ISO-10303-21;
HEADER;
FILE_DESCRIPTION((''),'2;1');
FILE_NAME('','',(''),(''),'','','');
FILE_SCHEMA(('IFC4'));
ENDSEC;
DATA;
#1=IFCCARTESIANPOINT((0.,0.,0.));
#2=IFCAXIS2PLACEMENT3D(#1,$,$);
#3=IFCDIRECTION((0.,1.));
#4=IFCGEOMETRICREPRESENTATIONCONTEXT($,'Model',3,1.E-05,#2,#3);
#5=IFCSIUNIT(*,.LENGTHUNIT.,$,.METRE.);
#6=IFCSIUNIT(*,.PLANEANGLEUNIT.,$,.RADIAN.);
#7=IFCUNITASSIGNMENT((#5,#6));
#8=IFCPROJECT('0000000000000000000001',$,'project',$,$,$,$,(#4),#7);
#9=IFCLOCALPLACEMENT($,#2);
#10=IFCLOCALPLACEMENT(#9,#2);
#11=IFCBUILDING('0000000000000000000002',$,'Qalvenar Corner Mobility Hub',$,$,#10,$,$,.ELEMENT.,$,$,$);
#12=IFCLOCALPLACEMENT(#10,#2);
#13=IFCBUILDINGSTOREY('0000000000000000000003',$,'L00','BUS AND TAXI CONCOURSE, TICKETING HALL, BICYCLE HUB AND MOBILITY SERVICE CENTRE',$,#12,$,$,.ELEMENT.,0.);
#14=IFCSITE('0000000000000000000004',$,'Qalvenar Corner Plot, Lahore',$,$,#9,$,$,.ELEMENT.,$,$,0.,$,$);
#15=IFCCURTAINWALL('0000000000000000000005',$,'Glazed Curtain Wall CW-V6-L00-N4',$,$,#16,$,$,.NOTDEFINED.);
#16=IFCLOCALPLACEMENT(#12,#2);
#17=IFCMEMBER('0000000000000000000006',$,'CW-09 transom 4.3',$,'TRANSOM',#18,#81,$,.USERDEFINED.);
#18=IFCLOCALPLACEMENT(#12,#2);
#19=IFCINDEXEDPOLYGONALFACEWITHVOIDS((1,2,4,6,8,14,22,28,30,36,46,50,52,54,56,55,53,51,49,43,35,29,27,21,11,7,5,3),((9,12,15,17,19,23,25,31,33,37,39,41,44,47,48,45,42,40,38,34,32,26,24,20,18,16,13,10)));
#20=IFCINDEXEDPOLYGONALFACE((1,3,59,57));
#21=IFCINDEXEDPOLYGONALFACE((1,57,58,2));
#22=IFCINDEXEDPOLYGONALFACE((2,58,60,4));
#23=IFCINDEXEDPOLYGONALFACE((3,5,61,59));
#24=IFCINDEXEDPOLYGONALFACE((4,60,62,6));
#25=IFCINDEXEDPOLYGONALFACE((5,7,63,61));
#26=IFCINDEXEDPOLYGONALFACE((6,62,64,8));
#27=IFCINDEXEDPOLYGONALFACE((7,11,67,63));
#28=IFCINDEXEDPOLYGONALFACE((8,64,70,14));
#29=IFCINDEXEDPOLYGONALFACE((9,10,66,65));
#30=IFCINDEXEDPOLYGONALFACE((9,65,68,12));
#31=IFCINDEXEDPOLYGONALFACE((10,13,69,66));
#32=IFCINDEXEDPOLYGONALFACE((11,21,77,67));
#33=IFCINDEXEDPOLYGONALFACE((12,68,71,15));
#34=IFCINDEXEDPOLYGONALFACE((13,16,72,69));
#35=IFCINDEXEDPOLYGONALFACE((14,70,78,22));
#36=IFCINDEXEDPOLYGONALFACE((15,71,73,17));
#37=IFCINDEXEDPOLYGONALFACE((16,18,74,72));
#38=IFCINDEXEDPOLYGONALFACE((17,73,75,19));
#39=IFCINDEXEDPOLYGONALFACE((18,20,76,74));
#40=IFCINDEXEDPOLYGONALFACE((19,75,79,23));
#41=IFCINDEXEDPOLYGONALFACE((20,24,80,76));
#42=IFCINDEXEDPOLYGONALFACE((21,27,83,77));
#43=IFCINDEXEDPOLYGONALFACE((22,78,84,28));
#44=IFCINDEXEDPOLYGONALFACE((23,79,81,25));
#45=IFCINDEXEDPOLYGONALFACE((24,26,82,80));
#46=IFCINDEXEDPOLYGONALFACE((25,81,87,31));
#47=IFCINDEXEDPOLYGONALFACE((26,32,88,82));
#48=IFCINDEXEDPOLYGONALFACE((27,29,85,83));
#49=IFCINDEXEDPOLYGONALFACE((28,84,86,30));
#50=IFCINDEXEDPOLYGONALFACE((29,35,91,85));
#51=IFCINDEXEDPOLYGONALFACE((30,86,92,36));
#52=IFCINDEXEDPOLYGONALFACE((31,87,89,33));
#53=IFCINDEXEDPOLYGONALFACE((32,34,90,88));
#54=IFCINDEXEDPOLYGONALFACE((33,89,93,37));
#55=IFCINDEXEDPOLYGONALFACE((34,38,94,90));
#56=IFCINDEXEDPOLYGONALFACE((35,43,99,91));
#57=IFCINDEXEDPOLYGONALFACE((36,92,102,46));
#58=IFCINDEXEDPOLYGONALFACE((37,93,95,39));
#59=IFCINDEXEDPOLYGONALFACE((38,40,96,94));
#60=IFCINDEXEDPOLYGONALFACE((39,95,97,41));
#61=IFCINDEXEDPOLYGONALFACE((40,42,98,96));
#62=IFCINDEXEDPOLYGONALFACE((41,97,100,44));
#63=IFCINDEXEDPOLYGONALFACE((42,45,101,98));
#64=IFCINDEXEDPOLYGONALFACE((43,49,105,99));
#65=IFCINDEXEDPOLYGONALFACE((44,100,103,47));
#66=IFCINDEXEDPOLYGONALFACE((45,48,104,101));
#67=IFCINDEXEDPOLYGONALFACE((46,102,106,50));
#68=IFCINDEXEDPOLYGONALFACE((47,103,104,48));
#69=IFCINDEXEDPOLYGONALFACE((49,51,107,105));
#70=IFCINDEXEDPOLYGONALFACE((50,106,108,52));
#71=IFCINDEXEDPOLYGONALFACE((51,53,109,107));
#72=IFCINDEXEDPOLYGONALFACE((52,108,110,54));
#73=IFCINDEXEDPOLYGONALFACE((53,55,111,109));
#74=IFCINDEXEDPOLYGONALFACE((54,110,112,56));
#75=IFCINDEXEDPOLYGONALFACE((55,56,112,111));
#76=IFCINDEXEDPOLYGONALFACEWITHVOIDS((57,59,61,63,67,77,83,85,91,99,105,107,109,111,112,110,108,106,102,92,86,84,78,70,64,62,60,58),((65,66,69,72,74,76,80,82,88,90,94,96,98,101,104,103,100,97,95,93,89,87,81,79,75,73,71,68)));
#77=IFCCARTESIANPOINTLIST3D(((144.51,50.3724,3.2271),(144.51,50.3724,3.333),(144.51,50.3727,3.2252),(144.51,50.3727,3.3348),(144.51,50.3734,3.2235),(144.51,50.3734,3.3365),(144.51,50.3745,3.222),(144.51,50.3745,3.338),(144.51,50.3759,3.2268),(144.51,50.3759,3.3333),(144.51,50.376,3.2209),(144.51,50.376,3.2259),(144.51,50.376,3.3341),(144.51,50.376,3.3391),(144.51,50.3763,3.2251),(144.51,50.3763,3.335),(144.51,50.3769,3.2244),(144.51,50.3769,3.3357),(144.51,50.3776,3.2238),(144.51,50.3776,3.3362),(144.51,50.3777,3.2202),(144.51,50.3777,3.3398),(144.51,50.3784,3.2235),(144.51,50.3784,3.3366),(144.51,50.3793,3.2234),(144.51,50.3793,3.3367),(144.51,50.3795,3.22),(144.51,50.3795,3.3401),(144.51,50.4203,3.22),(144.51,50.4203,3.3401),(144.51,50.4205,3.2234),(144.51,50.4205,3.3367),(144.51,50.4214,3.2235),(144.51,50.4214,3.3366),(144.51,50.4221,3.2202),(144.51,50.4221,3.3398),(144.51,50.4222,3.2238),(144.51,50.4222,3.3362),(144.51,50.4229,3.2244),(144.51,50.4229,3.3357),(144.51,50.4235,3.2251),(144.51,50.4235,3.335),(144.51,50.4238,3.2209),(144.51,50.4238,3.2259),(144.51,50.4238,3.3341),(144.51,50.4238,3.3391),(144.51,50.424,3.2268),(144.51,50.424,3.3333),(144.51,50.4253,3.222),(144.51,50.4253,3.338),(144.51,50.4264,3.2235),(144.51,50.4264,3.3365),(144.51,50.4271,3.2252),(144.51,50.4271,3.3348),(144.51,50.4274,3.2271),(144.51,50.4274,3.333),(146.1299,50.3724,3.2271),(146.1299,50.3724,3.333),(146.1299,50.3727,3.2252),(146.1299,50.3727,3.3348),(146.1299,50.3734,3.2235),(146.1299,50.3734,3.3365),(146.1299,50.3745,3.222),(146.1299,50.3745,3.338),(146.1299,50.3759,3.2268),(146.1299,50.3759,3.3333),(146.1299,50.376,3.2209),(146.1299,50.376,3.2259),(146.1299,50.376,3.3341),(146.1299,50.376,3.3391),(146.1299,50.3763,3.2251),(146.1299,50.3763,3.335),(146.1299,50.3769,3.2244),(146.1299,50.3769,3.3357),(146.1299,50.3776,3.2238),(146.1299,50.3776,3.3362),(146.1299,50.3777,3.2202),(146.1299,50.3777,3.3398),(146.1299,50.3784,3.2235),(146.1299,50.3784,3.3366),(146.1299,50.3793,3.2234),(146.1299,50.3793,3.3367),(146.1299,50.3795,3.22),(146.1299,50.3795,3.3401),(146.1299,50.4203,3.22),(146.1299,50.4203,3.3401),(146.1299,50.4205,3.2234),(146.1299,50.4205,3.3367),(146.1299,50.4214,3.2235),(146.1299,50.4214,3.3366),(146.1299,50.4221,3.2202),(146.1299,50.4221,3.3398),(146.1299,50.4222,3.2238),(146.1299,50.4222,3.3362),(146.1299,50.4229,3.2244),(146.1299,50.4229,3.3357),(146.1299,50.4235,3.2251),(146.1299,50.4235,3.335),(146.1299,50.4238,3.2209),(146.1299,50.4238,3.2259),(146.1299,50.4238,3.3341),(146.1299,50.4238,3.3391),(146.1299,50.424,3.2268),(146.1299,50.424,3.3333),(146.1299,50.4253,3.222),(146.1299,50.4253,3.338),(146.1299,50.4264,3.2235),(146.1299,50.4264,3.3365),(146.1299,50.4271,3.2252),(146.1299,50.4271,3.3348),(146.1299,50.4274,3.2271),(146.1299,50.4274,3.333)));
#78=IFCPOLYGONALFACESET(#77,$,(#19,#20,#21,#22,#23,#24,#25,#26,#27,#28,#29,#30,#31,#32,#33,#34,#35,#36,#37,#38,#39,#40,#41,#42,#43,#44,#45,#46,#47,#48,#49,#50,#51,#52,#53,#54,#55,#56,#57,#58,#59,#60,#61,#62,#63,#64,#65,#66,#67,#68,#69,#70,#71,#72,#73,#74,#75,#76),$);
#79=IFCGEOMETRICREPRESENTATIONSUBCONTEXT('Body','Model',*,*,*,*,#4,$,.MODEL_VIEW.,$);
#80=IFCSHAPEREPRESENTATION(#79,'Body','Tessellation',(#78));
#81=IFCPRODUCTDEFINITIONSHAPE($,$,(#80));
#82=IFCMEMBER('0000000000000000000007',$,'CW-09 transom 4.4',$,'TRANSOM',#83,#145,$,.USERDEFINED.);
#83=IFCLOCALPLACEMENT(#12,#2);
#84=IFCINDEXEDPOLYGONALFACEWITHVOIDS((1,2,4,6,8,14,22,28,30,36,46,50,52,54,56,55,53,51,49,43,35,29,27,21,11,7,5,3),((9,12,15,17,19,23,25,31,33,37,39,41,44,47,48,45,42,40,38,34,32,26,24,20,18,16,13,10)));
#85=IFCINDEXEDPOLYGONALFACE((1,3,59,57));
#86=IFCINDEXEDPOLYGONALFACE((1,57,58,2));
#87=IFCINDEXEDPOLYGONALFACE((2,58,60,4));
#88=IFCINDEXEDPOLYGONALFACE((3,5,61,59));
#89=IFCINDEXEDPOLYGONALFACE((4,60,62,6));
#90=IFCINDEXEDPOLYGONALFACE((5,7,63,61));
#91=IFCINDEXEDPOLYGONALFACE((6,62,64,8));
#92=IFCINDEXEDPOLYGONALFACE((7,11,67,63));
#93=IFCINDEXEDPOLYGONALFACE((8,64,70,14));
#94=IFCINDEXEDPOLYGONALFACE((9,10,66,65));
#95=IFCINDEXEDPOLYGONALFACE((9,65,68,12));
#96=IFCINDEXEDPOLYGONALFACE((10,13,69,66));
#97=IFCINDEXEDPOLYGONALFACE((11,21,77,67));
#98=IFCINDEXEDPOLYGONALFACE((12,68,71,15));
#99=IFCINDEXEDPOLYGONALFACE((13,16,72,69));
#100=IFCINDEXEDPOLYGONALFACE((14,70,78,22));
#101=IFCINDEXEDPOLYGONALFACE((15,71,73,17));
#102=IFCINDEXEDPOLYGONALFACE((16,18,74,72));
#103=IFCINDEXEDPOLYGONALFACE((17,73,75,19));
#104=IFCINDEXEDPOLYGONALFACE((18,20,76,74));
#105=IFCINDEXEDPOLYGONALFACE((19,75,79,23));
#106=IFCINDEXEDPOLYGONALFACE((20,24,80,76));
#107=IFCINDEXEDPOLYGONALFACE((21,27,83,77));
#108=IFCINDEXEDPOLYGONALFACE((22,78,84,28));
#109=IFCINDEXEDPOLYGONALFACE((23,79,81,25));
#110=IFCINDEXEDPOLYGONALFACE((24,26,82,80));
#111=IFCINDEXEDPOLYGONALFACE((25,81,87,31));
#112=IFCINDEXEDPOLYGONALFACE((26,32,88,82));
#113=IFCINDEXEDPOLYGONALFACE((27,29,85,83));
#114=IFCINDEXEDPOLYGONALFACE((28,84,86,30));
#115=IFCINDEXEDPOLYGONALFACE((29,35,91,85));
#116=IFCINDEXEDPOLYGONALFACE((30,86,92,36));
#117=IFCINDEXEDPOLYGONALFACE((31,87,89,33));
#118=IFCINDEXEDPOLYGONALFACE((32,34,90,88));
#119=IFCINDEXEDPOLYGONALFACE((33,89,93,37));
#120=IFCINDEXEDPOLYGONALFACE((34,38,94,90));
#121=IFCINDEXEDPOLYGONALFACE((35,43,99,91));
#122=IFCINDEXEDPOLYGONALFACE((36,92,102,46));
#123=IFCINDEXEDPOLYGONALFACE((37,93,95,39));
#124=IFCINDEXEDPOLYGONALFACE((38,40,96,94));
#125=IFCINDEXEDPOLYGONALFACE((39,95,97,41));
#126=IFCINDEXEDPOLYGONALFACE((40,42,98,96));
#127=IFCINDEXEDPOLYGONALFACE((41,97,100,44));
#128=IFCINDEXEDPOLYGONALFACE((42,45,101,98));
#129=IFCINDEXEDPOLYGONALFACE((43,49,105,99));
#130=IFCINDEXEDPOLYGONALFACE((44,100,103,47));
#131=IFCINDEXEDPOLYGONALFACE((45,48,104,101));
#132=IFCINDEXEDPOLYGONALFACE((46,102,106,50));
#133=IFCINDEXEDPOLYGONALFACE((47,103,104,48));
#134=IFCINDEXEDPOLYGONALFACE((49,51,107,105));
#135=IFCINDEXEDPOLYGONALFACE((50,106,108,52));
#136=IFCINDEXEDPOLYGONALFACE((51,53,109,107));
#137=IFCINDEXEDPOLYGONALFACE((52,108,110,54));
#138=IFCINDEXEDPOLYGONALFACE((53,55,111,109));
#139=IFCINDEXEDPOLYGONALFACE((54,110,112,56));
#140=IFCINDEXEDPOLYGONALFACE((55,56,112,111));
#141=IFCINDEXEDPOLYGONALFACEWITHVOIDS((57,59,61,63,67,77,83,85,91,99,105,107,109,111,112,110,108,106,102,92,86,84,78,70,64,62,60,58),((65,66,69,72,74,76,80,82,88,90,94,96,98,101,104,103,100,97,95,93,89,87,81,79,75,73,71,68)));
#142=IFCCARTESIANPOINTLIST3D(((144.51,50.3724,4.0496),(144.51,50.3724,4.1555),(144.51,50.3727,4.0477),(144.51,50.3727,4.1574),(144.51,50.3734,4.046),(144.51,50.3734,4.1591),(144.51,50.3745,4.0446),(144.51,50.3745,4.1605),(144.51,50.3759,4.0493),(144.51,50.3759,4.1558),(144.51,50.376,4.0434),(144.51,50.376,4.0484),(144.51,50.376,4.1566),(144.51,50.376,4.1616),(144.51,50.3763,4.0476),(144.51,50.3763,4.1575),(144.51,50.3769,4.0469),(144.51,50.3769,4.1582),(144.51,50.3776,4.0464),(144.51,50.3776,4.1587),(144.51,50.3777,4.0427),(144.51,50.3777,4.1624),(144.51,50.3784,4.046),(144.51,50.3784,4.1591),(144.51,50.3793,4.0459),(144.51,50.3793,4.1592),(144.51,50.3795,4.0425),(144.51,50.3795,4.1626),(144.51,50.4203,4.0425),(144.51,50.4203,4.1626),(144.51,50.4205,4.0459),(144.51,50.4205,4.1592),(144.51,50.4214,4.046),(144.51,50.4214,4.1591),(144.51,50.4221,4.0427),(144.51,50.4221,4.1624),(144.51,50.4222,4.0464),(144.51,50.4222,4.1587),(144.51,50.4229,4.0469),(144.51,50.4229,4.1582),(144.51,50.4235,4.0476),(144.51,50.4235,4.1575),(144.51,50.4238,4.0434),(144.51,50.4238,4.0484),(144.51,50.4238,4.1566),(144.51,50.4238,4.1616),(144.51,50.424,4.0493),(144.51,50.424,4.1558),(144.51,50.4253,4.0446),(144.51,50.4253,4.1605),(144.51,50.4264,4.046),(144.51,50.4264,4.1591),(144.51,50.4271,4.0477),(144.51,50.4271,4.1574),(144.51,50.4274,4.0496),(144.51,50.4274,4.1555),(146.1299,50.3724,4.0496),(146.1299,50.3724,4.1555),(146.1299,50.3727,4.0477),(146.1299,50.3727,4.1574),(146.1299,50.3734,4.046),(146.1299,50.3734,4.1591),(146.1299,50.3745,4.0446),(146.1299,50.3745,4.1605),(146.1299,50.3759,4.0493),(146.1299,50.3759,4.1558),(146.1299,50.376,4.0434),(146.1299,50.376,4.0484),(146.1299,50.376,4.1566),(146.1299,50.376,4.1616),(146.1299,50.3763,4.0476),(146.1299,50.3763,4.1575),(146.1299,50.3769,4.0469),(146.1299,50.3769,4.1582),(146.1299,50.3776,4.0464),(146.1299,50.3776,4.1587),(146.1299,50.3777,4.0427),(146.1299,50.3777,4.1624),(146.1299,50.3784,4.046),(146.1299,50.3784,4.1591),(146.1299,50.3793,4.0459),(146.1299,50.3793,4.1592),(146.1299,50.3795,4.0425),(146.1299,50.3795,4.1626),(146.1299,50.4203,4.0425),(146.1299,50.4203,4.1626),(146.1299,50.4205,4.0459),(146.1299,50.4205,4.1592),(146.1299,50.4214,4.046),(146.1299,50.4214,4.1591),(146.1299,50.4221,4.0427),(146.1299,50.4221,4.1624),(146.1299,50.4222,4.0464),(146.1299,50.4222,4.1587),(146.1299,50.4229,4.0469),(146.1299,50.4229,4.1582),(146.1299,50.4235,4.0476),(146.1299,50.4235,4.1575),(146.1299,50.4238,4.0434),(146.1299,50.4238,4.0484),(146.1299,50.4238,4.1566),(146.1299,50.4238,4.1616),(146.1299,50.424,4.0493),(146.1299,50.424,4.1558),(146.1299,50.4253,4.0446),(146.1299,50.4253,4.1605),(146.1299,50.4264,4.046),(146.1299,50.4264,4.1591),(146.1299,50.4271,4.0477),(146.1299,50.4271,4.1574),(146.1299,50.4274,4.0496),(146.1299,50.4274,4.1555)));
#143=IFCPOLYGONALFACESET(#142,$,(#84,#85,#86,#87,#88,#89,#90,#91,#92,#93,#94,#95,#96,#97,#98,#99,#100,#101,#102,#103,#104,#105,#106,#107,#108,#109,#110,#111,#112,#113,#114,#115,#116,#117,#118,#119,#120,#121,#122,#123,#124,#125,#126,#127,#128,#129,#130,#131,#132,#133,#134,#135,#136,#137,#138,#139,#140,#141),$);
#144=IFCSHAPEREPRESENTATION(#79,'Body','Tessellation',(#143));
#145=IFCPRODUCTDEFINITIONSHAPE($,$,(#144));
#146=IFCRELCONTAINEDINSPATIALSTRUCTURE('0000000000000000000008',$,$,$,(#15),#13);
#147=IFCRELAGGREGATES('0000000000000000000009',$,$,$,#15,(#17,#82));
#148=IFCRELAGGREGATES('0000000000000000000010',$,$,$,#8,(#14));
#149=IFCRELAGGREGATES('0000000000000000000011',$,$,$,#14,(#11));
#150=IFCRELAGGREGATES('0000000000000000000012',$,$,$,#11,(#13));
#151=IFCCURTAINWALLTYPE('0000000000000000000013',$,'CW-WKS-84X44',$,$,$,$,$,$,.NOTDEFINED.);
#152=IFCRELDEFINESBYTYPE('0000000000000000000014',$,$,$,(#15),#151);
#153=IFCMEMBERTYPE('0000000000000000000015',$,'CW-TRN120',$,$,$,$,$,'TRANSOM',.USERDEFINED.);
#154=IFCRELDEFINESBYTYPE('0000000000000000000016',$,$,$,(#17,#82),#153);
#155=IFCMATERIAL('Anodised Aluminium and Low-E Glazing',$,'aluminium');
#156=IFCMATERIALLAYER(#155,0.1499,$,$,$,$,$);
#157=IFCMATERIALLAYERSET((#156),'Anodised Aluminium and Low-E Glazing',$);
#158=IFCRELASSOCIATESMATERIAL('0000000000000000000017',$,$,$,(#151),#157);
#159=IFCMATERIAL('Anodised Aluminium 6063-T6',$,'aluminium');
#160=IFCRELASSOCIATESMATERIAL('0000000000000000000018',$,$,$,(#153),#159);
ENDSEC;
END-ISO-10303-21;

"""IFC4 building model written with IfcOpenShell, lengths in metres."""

from ifc_helpers import new_model, si_unit, direction, frame, origin, origin_2d, place, context, subcontext, project, spatial, hollow_rectangle, extrude, material, layer, layer_set, material_profile, profile_set, type_object, element, aggregate, save


model = new_model("IFC4")

# Units and contexts
model_context = context("Model", 3, precision=1e-05, world=origin(), true_north=direction((0.0, 1.0)))
body_context = subcontext(model_context, "Body", "Model", "MODEL_VIEW")
ifc_project = project(units=[si_unit("LENGTHUNIT", "METRE"), si_unit("PLANEANGLEUNIT", "RADIAN")], contexts=[model_context])

# Site, building, storey
site_placement = place(None, origin())
site = spatial("IfcSite", under=ifc_project, at=site_placement, Name="Qalvenar Corner Plot, Lahore", CompositionType="ELEMENT", RefElevation=0.0)
building_placement = place(site_placement, origin())
building = spatial("IfcBuilding", under=site, at=building_placement, Name="Qalvenar Corner Mobility Hub", CompositionType="ELEMENT")
storey_placement = place(building_placement, origin())
storey = spatial("IfcBuildingStorey", under=building, at=storey_placement, Name="L00", Description="BUS AND TAXI CONCOURSE, TICKETING HALL, BICYCLE HUB AND MOBILITY SERVICE CENTRE", CompositionType="ELEMENT", Elevation=0.0)

# Shared definitions
ifc_material_1 = material(Name="Anodised Aluminium and Low-E Glazing", Category="aluminium")
ifc_layer_1 = layer(ifc_material_1, 0.1499)
ifc_layer_set_1 = layer_set([ifc_layer_1], Name="Anodised Aluminium and Low-E Glazing")
curtain_wall_type = type_object("IfcCurtainWallType", Name="CW-WKS-84X44", PredefinedType="NOTDEFINED", material=ifc_layer_set_1)
ifc_material_2 = material(Name="Anodised Aluminium 6063-T6", Category="aluminium")

# Curtain wall
curtain_wall_1_placement = place(storey_placement, origin())
curtain_wall_1 = element("IfcCurtainWall", 1, at=curtain_wall_1_placement, inside=storey, type_object=curtain_wall_type, Name="Glazed Curtain Wall CW-V6-L00-N4", PredefinedType="NOTDEFINED")

# Members
ifc_material_profile_1 = material_profile(ifc_material_2, hollow_rectangle(XDim=0.0549, YDim=0.1201, WallThickness=0.0034, InnerFilletRadius=0.0034, OuterFilletRadius=0.0071, at=origin_2d()), Name="RHS120x55x3.5")
ifc_profile_set_1 = profile_set([ifc_material_profile_1], Name="Anodised Aluminium 6063-T6")
member_type_1 = type_object("IfcMemberType", Name="CW-TRN120", ElementType="TRANSOM", PredefinedType="USERDEFINED", material=ifc_profile_set_1)
member_1_placement = place(storey_placement, frame((146.1299, 50.3999, 3.28), z_axis=(-1.0, 0.0, 0.0), x_axis=(0.0, -1.0, 0.0)))
member_1 = element("IfcMember", 2, at=member_1_placement, type_object=member_type_1, Name="CW-09 transom 4.3", ObjectType="TRANSOM", PredefinedType="USERDEFINED", context=body_context, shape_type="SweptSolid", body=[
    extrude(hollow_rectangle(XDim=0.0549, YDim=0.1201, WallThickness=0.0034, InnerFilletRadius=0.0034, OuterFilletRadius=0.0071, at=origin_2d()), origin(), (0.0, 0.0, 1.0), 1.6199),
])
member_2_placement = place(storey_placement, frame((146.1299, 50.3999, 4.1025), z_axis=(-1.0, 0.0, 0.0), x_axis=(0.0, -1.0, 0.0)))
member_2 = element("IfcMember", 3, at=member_2_placement, type_object=member_type_1, Name="CW-09 transom 4.4", ObjectType="TRANSOM", PredefinedType="USERDEFINED", context=body_context, shape_type="SweptSolid", body=[
    extrude(hollow_rectangle(XDim=0.0549, YDim=0.1201, WallThickness=0.0034, InnerFilletRadius=0.0034, OuterFilletRadius=0.0071, at=origin_2d()), origin(), (0.0, 0.0, 1.0), 1.6199),
])

aggregate(curtain_wall_1, [member_1, member_2])

save(model, "model.ifc")
